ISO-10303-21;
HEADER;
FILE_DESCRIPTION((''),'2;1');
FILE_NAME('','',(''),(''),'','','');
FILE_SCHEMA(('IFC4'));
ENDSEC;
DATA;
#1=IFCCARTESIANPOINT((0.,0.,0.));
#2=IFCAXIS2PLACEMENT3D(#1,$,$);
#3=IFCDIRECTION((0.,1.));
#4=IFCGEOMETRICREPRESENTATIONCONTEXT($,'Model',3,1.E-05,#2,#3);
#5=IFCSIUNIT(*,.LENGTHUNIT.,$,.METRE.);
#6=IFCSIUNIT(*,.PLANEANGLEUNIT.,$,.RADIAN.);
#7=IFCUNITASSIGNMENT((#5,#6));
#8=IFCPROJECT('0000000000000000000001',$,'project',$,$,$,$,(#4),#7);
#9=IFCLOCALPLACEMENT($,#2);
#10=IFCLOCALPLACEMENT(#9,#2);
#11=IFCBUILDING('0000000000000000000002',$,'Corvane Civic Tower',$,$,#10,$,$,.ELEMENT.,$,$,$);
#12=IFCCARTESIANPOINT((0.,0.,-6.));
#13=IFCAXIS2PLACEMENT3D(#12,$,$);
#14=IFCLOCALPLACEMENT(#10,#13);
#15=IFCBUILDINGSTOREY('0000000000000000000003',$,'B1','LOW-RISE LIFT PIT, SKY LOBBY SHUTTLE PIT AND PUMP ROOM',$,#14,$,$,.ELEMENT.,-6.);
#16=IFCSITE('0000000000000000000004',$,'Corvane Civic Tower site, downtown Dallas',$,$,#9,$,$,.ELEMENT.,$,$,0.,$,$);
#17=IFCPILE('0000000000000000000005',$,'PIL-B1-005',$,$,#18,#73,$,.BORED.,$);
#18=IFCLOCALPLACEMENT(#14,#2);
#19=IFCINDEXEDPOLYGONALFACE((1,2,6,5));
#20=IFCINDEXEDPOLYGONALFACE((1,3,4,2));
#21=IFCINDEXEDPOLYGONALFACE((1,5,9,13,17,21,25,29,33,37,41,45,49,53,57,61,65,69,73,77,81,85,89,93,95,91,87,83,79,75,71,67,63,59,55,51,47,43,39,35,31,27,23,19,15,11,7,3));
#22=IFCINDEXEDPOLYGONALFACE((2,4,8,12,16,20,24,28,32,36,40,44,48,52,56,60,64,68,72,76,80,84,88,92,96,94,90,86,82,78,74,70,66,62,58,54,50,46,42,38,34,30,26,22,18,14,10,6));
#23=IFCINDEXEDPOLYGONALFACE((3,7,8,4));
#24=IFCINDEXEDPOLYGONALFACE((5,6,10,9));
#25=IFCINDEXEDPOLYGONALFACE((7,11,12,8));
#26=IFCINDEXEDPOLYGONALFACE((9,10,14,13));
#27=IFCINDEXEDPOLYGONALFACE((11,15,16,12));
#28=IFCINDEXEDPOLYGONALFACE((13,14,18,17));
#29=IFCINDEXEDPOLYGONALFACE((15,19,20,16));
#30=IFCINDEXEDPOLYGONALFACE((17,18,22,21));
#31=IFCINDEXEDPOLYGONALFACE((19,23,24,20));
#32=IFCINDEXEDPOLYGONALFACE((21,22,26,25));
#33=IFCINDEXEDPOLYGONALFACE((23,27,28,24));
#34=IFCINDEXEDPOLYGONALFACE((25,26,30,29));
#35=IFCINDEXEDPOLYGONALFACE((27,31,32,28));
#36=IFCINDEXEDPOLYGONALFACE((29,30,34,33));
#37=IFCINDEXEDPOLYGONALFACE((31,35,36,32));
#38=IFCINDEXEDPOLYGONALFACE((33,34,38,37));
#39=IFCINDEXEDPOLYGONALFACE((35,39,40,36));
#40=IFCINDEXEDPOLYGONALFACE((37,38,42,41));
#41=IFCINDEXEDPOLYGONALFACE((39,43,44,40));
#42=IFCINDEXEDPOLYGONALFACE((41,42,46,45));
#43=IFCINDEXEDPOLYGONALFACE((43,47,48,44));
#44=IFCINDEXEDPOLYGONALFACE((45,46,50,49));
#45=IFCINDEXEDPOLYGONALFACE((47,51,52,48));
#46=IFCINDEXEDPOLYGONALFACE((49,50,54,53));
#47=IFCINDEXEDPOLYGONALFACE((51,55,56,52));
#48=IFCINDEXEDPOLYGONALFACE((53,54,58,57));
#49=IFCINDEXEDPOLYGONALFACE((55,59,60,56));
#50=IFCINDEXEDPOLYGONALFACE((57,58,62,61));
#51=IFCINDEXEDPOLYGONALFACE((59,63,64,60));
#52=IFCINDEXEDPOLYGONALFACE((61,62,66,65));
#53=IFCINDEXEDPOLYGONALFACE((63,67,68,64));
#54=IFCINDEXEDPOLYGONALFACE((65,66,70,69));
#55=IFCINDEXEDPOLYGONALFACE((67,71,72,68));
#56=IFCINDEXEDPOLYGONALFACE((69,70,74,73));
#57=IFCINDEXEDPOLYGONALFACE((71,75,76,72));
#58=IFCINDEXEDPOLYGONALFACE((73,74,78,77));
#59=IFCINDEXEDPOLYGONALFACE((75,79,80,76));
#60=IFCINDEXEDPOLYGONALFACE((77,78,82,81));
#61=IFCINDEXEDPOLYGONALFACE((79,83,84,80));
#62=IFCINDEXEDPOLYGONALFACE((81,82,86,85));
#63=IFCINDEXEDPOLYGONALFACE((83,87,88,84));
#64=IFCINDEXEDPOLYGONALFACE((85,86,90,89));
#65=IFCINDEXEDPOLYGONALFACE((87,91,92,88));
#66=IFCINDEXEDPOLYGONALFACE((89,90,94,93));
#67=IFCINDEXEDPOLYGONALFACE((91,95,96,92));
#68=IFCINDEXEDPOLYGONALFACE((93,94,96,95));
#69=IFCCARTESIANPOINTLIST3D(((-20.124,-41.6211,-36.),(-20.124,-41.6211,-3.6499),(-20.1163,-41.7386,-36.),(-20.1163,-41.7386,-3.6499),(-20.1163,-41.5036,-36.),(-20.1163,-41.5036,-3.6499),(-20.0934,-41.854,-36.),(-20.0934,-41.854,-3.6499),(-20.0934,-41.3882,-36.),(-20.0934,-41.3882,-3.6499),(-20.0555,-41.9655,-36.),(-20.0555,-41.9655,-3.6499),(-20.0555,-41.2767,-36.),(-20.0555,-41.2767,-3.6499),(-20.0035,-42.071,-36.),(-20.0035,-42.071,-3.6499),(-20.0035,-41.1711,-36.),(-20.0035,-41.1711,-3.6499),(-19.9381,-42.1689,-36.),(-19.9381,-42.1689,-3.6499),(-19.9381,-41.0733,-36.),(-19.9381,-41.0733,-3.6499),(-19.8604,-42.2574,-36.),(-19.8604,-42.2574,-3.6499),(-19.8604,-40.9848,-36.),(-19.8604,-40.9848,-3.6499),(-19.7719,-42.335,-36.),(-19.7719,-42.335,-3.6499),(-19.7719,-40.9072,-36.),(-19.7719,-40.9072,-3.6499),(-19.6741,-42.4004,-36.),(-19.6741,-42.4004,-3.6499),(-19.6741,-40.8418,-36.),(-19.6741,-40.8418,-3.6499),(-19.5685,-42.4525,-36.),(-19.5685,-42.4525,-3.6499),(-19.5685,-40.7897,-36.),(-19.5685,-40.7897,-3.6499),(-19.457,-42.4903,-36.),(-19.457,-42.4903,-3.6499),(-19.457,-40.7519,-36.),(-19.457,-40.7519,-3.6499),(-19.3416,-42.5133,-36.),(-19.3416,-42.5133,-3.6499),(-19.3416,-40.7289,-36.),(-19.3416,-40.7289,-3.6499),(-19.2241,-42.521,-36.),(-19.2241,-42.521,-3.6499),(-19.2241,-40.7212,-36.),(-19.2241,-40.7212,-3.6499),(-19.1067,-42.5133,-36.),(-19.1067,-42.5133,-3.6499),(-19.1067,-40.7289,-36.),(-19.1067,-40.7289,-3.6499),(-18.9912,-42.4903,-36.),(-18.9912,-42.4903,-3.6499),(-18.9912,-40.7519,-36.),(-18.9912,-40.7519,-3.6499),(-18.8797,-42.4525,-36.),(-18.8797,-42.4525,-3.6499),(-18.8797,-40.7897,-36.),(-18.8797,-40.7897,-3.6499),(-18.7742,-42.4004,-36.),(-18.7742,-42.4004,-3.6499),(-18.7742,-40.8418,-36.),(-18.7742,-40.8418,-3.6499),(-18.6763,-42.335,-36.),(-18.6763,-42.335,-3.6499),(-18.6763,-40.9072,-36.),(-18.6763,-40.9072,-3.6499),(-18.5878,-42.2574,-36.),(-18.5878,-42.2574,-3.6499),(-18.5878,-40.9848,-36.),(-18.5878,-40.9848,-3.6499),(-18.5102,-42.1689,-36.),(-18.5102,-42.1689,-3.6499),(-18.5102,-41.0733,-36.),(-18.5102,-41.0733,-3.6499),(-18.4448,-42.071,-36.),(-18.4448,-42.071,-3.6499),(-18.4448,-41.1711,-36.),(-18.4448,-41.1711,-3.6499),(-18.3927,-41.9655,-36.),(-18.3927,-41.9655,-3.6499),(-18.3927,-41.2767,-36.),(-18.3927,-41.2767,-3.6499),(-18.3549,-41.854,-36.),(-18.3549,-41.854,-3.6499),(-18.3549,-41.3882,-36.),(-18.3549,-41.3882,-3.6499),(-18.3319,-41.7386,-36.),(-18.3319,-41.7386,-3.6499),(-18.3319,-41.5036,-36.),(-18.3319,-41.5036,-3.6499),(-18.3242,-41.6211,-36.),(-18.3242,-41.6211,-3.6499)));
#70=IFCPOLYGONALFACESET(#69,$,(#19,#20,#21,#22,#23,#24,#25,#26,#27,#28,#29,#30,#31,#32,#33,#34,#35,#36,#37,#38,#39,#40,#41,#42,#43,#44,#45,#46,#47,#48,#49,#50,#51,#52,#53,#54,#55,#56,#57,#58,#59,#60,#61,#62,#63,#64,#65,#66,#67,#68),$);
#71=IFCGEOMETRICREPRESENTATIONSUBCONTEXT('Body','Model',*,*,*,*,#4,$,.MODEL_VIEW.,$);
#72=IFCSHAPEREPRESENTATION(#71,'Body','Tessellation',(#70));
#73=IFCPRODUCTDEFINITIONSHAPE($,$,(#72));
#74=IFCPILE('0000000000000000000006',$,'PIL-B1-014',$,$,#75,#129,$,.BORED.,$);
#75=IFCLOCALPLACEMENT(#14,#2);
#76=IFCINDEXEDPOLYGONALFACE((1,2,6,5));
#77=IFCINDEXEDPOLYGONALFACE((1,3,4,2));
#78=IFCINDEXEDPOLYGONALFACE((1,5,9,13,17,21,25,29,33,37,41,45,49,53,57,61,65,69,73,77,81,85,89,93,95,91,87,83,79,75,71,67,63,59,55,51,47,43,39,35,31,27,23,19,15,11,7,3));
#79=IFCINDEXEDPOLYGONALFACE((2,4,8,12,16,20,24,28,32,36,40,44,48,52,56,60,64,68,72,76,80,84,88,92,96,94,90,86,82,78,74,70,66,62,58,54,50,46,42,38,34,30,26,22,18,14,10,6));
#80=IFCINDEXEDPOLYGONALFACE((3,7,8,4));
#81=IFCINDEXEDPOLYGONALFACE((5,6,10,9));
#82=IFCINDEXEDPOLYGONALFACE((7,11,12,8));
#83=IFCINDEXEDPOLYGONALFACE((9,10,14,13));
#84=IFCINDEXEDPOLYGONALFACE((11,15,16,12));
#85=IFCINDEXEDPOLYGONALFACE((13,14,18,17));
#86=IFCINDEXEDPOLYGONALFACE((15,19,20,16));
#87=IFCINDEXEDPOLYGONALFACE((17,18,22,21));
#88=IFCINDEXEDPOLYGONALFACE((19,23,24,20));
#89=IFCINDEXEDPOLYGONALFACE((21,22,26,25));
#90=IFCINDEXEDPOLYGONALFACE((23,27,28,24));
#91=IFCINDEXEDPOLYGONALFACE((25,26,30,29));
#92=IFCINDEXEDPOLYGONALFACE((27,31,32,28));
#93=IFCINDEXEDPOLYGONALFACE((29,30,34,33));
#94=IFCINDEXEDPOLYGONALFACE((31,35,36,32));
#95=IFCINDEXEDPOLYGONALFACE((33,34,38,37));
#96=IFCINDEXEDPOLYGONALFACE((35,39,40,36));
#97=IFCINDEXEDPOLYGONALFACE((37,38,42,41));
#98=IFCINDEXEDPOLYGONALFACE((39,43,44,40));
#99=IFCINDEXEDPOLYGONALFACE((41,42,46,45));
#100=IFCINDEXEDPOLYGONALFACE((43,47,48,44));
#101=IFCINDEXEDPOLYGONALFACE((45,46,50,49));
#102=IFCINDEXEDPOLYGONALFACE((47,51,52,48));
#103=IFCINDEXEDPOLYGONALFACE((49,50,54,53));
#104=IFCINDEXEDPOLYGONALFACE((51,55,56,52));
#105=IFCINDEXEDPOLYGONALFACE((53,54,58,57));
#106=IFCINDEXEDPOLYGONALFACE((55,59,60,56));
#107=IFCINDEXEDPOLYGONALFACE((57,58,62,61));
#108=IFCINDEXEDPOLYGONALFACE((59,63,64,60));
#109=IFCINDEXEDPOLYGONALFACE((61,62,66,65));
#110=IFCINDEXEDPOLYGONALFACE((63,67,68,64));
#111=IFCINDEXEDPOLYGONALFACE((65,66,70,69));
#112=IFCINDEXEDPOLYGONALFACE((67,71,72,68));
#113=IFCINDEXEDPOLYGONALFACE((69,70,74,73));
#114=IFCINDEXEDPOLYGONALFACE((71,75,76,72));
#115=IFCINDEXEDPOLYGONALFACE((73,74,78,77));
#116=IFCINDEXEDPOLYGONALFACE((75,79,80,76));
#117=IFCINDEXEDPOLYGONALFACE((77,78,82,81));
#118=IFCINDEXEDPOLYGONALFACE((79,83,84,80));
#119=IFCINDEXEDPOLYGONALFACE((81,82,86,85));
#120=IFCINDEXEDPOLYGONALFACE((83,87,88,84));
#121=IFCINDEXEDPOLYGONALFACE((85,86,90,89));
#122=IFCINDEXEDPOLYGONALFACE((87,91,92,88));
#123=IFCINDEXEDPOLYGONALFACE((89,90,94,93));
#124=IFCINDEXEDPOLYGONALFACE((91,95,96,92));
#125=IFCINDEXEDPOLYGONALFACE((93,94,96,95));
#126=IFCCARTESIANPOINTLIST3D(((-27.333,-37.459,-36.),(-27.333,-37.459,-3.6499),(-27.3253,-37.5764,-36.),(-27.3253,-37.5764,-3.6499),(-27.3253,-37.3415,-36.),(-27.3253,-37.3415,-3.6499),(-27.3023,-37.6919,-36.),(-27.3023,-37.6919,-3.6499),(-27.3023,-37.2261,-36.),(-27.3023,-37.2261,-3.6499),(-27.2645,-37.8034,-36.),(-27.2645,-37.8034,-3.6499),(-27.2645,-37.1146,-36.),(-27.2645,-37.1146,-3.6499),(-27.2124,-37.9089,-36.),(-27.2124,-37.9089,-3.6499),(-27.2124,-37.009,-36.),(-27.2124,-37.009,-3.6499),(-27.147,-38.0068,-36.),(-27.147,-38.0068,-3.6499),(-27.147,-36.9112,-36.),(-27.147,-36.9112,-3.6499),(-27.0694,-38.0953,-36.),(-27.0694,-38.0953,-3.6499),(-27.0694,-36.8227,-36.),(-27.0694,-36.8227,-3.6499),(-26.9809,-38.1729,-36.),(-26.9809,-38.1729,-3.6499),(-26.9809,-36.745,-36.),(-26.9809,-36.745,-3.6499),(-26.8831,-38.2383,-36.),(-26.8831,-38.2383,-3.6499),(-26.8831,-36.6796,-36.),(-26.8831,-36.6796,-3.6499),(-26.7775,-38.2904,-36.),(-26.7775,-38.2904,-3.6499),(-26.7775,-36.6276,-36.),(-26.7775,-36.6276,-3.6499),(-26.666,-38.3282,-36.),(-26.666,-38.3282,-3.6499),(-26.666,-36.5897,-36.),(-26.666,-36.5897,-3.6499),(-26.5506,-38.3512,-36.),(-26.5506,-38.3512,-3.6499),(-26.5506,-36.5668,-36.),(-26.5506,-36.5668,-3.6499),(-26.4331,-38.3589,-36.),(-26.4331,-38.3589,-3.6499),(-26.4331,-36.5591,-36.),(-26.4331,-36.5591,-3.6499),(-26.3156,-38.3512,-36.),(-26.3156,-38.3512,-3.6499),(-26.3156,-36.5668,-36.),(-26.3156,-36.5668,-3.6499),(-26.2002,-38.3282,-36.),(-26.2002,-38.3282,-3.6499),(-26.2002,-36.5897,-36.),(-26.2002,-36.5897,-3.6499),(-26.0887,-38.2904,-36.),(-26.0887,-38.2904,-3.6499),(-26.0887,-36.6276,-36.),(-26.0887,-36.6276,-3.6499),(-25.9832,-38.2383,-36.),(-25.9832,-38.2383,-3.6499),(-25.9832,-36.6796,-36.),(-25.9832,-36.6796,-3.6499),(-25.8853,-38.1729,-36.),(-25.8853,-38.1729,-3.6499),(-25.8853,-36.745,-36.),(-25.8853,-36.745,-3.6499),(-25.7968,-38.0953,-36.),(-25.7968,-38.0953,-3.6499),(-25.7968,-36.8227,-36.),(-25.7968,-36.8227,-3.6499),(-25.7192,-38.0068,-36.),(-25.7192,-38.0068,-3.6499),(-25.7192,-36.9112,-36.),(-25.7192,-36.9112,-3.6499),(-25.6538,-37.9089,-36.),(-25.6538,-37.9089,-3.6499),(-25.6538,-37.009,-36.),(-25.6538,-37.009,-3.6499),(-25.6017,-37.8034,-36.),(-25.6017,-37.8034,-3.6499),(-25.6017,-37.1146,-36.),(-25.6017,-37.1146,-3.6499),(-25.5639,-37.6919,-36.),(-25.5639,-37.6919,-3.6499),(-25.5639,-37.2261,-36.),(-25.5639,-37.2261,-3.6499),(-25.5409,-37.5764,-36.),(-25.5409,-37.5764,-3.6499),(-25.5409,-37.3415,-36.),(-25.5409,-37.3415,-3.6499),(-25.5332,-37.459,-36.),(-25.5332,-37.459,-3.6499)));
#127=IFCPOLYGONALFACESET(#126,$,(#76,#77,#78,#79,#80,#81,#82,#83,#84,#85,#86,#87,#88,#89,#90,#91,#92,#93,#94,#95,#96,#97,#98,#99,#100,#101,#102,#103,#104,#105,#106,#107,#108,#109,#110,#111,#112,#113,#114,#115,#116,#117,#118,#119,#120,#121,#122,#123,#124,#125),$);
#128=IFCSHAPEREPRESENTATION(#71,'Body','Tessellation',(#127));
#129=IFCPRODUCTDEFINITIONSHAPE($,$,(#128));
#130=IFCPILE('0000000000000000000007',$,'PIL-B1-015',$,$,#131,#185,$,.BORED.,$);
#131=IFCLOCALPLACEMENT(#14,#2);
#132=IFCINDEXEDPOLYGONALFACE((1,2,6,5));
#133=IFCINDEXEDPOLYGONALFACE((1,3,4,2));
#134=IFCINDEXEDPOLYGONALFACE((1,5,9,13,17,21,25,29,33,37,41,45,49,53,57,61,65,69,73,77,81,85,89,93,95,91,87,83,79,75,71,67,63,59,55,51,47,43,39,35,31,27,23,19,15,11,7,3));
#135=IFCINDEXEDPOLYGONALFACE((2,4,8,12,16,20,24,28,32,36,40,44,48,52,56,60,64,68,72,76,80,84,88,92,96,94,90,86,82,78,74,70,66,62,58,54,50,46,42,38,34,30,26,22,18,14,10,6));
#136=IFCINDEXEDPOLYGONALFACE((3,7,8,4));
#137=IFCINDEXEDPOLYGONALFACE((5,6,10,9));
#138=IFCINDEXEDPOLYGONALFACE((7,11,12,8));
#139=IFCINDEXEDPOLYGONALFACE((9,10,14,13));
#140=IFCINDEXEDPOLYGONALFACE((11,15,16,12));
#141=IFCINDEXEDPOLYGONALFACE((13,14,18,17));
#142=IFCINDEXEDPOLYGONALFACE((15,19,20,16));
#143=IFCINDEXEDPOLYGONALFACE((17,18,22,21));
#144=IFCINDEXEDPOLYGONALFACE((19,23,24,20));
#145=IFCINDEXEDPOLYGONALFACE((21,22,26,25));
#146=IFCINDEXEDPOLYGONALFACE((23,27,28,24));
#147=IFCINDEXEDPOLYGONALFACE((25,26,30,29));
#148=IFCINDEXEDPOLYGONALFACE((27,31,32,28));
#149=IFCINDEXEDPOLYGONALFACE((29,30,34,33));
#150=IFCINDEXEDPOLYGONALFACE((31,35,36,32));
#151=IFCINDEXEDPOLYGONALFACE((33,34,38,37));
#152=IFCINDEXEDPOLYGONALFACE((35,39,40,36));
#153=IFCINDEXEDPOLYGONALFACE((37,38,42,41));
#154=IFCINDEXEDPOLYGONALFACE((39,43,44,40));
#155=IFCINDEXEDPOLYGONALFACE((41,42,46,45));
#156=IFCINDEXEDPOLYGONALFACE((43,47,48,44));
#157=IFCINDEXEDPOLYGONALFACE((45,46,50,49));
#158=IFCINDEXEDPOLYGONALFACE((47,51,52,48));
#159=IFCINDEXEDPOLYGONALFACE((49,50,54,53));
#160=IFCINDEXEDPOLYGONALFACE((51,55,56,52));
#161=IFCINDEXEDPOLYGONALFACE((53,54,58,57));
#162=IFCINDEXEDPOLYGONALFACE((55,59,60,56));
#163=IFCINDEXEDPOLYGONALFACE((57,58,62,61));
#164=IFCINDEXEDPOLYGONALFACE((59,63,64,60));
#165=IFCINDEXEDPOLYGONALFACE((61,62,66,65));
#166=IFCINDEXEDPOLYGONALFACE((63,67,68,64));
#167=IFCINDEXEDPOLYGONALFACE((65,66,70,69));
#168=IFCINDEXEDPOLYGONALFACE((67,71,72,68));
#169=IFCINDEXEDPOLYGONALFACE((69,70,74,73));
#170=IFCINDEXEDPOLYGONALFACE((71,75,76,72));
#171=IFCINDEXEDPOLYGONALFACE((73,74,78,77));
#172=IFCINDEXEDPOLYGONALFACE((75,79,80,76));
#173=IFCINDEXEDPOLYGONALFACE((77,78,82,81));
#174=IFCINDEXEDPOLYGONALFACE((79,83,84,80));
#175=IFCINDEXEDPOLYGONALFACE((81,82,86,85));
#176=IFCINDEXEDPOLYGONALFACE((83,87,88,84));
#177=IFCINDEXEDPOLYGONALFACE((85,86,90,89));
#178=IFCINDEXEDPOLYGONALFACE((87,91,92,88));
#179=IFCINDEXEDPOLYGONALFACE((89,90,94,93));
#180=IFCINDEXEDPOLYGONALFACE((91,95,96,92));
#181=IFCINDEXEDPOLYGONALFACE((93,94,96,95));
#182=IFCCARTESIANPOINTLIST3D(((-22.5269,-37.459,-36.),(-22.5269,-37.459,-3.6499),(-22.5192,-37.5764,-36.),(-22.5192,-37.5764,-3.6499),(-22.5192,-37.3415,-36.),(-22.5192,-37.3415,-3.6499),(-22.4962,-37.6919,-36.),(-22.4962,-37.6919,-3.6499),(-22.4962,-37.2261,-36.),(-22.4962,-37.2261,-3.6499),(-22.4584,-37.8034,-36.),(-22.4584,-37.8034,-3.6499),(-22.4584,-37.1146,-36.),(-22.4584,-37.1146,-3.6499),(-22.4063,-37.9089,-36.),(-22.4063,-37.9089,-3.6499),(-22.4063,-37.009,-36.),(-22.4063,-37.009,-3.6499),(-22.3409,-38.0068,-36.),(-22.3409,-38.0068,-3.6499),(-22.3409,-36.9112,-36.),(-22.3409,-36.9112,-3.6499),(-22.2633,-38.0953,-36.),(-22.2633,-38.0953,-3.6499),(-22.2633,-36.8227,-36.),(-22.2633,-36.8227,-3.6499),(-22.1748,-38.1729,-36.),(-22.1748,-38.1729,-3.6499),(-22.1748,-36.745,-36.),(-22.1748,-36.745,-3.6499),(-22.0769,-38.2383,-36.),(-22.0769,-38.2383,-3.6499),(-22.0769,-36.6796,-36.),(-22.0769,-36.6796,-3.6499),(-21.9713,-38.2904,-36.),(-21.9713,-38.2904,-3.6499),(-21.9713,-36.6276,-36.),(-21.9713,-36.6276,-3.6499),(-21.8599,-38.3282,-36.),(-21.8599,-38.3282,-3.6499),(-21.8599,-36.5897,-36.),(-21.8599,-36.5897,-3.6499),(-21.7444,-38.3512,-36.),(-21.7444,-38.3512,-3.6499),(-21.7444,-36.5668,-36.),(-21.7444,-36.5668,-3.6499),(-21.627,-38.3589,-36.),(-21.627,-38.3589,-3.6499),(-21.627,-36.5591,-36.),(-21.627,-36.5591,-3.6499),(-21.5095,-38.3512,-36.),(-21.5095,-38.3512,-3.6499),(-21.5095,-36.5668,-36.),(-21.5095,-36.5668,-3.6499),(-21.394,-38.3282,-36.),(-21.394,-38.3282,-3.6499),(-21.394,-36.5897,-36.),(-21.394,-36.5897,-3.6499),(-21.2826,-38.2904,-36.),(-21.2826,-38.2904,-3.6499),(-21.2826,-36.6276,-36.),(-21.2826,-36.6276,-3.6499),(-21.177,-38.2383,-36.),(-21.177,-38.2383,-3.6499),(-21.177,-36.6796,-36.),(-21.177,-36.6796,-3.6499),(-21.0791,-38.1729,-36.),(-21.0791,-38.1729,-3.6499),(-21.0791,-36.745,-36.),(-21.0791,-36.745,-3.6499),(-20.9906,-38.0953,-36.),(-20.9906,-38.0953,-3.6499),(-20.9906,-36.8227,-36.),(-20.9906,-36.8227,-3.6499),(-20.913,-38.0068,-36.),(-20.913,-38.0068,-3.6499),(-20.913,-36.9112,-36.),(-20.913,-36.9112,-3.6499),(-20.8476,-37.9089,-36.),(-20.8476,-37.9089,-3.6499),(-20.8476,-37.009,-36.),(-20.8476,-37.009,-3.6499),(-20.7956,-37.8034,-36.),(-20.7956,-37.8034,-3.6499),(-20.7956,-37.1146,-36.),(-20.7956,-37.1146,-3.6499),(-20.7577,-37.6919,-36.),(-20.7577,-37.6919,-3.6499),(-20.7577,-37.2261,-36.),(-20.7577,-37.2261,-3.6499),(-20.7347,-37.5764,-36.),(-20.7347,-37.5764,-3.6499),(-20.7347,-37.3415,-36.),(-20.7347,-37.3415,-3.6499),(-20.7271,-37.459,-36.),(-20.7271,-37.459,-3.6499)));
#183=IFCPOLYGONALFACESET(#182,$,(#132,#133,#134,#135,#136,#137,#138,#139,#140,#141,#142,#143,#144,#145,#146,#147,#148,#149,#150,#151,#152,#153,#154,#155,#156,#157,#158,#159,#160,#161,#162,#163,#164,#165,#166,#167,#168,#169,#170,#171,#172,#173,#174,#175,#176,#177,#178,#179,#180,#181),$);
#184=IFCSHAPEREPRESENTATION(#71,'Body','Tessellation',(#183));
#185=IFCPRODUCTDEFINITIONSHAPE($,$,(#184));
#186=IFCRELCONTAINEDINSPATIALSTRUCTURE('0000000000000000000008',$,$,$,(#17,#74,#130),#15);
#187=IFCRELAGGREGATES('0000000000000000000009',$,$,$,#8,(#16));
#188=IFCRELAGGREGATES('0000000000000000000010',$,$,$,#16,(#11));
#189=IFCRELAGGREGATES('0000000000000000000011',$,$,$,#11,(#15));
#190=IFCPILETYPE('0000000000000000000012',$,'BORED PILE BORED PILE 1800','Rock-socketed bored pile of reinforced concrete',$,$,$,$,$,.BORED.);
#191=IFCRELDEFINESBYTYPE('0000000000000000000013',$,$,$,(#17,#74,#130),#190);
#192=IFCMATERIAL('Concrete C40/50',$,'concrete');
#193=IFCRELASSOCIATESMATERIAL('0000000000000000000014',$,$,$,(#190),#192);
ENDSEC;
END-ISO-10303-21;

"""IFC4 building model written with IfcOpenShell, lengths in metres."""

from ifc_helpers import new_model, si_unit, direction, frame, origin, origin_2d, place, context, subcontext, project, spatial, circle, extrude, material, material_profile, profile_set, type_object, element, save


model = new_model("IFC4")

# Units and contexts
model_context = context("Model", 3, precision=1e-05, world=origin(), true_north=direction((0.0, 1.0)))
body_context = subcontext(model_context, "Body", "Model", "MODEL_VIEW")
ifc_project = project(units=[si_unit("LENGTHUNIT", "METRE"), si_unit("PLANEANGLEUNIT", "RADIAN")], contexts=[model_context])

# Site, building, storey
site_placement = place(None, origin())
site = spatial("IfcSite", under=ifc_project, at=site_placement, Name="Corvane Civic Tower site, downtown Dallas", CompositionType="ELEMENT", RefElevation=0.0)
building_placement = place(site_placement, origin())
building = spatial("IfcBuilding", under=site, at=building_placement, Name="Corvane Civic Tower", CompositionType="ELEMENT")
storey_placement = place(building_placement, frame((0.0, 0.0, -6.0)))
storey = spatial("IfcBuildingStorey", under=building, at=storey_placement, Name="B1", Description="LOW-RISE LIFT PIT, SKY LOBBY SHUTTLE PIT AND PUMP ROOM", CompositionType="ELEMENT", Elevation=-6.0)

# Piles
ifc_material_1 = material(Name="Concrete C40/50", Category="concrete")
ifc_material_profile_1 = material_profile(ifc_material_1, circle(Radius=0.8999, at=origin_2d()), Name="BORED PILE 1800")
ifc_profile_set_1 = profile_set([ifc_material_profile_1], Name="Concrete C40/50")
pile_type_1 = type_object("IfcPileType", Name="BORED PILE BORED PILE 1800", Description="Rock-socketed bored pile of reinforced concrete", PredefinedType="BORED", material=ifc_profile_set_1)
for number, where, z_axis, x_axis, name in (
    (1, (-19.2241, -41.6211, -3.6499), (0.0, 0.0, -1.0), (1.0, 0.0, 0.0), "PIL-B1-005"),
    (2, (-26.4331, -37.459, -3.6499), (0.0, 0.0, -1.0), (1.0, 0.0, 0.0), "PIL-B1-014"),
    (3, (-21.627, -37.459, -3.6499), (0.0, 0.0, -1.0), (1.0, 0.0, 0.0), "PIL-B1-015"),
):
    element("IfcPile", number, at=place(storey_placement, frame(where, z_axis=z_axis, x_axis=x_axis)), inside=storey, type_object=pile_type_1, Name=name, PredefinedType="BORED", context=body_context, shape_type="SweptSolid", body=[
        extrude(circle(Radius=0.8999, at=origin_2d()), origin(), (0.0, 0.0, 1.0), 32.3501),
    ])

save(model, "model.ifc")
